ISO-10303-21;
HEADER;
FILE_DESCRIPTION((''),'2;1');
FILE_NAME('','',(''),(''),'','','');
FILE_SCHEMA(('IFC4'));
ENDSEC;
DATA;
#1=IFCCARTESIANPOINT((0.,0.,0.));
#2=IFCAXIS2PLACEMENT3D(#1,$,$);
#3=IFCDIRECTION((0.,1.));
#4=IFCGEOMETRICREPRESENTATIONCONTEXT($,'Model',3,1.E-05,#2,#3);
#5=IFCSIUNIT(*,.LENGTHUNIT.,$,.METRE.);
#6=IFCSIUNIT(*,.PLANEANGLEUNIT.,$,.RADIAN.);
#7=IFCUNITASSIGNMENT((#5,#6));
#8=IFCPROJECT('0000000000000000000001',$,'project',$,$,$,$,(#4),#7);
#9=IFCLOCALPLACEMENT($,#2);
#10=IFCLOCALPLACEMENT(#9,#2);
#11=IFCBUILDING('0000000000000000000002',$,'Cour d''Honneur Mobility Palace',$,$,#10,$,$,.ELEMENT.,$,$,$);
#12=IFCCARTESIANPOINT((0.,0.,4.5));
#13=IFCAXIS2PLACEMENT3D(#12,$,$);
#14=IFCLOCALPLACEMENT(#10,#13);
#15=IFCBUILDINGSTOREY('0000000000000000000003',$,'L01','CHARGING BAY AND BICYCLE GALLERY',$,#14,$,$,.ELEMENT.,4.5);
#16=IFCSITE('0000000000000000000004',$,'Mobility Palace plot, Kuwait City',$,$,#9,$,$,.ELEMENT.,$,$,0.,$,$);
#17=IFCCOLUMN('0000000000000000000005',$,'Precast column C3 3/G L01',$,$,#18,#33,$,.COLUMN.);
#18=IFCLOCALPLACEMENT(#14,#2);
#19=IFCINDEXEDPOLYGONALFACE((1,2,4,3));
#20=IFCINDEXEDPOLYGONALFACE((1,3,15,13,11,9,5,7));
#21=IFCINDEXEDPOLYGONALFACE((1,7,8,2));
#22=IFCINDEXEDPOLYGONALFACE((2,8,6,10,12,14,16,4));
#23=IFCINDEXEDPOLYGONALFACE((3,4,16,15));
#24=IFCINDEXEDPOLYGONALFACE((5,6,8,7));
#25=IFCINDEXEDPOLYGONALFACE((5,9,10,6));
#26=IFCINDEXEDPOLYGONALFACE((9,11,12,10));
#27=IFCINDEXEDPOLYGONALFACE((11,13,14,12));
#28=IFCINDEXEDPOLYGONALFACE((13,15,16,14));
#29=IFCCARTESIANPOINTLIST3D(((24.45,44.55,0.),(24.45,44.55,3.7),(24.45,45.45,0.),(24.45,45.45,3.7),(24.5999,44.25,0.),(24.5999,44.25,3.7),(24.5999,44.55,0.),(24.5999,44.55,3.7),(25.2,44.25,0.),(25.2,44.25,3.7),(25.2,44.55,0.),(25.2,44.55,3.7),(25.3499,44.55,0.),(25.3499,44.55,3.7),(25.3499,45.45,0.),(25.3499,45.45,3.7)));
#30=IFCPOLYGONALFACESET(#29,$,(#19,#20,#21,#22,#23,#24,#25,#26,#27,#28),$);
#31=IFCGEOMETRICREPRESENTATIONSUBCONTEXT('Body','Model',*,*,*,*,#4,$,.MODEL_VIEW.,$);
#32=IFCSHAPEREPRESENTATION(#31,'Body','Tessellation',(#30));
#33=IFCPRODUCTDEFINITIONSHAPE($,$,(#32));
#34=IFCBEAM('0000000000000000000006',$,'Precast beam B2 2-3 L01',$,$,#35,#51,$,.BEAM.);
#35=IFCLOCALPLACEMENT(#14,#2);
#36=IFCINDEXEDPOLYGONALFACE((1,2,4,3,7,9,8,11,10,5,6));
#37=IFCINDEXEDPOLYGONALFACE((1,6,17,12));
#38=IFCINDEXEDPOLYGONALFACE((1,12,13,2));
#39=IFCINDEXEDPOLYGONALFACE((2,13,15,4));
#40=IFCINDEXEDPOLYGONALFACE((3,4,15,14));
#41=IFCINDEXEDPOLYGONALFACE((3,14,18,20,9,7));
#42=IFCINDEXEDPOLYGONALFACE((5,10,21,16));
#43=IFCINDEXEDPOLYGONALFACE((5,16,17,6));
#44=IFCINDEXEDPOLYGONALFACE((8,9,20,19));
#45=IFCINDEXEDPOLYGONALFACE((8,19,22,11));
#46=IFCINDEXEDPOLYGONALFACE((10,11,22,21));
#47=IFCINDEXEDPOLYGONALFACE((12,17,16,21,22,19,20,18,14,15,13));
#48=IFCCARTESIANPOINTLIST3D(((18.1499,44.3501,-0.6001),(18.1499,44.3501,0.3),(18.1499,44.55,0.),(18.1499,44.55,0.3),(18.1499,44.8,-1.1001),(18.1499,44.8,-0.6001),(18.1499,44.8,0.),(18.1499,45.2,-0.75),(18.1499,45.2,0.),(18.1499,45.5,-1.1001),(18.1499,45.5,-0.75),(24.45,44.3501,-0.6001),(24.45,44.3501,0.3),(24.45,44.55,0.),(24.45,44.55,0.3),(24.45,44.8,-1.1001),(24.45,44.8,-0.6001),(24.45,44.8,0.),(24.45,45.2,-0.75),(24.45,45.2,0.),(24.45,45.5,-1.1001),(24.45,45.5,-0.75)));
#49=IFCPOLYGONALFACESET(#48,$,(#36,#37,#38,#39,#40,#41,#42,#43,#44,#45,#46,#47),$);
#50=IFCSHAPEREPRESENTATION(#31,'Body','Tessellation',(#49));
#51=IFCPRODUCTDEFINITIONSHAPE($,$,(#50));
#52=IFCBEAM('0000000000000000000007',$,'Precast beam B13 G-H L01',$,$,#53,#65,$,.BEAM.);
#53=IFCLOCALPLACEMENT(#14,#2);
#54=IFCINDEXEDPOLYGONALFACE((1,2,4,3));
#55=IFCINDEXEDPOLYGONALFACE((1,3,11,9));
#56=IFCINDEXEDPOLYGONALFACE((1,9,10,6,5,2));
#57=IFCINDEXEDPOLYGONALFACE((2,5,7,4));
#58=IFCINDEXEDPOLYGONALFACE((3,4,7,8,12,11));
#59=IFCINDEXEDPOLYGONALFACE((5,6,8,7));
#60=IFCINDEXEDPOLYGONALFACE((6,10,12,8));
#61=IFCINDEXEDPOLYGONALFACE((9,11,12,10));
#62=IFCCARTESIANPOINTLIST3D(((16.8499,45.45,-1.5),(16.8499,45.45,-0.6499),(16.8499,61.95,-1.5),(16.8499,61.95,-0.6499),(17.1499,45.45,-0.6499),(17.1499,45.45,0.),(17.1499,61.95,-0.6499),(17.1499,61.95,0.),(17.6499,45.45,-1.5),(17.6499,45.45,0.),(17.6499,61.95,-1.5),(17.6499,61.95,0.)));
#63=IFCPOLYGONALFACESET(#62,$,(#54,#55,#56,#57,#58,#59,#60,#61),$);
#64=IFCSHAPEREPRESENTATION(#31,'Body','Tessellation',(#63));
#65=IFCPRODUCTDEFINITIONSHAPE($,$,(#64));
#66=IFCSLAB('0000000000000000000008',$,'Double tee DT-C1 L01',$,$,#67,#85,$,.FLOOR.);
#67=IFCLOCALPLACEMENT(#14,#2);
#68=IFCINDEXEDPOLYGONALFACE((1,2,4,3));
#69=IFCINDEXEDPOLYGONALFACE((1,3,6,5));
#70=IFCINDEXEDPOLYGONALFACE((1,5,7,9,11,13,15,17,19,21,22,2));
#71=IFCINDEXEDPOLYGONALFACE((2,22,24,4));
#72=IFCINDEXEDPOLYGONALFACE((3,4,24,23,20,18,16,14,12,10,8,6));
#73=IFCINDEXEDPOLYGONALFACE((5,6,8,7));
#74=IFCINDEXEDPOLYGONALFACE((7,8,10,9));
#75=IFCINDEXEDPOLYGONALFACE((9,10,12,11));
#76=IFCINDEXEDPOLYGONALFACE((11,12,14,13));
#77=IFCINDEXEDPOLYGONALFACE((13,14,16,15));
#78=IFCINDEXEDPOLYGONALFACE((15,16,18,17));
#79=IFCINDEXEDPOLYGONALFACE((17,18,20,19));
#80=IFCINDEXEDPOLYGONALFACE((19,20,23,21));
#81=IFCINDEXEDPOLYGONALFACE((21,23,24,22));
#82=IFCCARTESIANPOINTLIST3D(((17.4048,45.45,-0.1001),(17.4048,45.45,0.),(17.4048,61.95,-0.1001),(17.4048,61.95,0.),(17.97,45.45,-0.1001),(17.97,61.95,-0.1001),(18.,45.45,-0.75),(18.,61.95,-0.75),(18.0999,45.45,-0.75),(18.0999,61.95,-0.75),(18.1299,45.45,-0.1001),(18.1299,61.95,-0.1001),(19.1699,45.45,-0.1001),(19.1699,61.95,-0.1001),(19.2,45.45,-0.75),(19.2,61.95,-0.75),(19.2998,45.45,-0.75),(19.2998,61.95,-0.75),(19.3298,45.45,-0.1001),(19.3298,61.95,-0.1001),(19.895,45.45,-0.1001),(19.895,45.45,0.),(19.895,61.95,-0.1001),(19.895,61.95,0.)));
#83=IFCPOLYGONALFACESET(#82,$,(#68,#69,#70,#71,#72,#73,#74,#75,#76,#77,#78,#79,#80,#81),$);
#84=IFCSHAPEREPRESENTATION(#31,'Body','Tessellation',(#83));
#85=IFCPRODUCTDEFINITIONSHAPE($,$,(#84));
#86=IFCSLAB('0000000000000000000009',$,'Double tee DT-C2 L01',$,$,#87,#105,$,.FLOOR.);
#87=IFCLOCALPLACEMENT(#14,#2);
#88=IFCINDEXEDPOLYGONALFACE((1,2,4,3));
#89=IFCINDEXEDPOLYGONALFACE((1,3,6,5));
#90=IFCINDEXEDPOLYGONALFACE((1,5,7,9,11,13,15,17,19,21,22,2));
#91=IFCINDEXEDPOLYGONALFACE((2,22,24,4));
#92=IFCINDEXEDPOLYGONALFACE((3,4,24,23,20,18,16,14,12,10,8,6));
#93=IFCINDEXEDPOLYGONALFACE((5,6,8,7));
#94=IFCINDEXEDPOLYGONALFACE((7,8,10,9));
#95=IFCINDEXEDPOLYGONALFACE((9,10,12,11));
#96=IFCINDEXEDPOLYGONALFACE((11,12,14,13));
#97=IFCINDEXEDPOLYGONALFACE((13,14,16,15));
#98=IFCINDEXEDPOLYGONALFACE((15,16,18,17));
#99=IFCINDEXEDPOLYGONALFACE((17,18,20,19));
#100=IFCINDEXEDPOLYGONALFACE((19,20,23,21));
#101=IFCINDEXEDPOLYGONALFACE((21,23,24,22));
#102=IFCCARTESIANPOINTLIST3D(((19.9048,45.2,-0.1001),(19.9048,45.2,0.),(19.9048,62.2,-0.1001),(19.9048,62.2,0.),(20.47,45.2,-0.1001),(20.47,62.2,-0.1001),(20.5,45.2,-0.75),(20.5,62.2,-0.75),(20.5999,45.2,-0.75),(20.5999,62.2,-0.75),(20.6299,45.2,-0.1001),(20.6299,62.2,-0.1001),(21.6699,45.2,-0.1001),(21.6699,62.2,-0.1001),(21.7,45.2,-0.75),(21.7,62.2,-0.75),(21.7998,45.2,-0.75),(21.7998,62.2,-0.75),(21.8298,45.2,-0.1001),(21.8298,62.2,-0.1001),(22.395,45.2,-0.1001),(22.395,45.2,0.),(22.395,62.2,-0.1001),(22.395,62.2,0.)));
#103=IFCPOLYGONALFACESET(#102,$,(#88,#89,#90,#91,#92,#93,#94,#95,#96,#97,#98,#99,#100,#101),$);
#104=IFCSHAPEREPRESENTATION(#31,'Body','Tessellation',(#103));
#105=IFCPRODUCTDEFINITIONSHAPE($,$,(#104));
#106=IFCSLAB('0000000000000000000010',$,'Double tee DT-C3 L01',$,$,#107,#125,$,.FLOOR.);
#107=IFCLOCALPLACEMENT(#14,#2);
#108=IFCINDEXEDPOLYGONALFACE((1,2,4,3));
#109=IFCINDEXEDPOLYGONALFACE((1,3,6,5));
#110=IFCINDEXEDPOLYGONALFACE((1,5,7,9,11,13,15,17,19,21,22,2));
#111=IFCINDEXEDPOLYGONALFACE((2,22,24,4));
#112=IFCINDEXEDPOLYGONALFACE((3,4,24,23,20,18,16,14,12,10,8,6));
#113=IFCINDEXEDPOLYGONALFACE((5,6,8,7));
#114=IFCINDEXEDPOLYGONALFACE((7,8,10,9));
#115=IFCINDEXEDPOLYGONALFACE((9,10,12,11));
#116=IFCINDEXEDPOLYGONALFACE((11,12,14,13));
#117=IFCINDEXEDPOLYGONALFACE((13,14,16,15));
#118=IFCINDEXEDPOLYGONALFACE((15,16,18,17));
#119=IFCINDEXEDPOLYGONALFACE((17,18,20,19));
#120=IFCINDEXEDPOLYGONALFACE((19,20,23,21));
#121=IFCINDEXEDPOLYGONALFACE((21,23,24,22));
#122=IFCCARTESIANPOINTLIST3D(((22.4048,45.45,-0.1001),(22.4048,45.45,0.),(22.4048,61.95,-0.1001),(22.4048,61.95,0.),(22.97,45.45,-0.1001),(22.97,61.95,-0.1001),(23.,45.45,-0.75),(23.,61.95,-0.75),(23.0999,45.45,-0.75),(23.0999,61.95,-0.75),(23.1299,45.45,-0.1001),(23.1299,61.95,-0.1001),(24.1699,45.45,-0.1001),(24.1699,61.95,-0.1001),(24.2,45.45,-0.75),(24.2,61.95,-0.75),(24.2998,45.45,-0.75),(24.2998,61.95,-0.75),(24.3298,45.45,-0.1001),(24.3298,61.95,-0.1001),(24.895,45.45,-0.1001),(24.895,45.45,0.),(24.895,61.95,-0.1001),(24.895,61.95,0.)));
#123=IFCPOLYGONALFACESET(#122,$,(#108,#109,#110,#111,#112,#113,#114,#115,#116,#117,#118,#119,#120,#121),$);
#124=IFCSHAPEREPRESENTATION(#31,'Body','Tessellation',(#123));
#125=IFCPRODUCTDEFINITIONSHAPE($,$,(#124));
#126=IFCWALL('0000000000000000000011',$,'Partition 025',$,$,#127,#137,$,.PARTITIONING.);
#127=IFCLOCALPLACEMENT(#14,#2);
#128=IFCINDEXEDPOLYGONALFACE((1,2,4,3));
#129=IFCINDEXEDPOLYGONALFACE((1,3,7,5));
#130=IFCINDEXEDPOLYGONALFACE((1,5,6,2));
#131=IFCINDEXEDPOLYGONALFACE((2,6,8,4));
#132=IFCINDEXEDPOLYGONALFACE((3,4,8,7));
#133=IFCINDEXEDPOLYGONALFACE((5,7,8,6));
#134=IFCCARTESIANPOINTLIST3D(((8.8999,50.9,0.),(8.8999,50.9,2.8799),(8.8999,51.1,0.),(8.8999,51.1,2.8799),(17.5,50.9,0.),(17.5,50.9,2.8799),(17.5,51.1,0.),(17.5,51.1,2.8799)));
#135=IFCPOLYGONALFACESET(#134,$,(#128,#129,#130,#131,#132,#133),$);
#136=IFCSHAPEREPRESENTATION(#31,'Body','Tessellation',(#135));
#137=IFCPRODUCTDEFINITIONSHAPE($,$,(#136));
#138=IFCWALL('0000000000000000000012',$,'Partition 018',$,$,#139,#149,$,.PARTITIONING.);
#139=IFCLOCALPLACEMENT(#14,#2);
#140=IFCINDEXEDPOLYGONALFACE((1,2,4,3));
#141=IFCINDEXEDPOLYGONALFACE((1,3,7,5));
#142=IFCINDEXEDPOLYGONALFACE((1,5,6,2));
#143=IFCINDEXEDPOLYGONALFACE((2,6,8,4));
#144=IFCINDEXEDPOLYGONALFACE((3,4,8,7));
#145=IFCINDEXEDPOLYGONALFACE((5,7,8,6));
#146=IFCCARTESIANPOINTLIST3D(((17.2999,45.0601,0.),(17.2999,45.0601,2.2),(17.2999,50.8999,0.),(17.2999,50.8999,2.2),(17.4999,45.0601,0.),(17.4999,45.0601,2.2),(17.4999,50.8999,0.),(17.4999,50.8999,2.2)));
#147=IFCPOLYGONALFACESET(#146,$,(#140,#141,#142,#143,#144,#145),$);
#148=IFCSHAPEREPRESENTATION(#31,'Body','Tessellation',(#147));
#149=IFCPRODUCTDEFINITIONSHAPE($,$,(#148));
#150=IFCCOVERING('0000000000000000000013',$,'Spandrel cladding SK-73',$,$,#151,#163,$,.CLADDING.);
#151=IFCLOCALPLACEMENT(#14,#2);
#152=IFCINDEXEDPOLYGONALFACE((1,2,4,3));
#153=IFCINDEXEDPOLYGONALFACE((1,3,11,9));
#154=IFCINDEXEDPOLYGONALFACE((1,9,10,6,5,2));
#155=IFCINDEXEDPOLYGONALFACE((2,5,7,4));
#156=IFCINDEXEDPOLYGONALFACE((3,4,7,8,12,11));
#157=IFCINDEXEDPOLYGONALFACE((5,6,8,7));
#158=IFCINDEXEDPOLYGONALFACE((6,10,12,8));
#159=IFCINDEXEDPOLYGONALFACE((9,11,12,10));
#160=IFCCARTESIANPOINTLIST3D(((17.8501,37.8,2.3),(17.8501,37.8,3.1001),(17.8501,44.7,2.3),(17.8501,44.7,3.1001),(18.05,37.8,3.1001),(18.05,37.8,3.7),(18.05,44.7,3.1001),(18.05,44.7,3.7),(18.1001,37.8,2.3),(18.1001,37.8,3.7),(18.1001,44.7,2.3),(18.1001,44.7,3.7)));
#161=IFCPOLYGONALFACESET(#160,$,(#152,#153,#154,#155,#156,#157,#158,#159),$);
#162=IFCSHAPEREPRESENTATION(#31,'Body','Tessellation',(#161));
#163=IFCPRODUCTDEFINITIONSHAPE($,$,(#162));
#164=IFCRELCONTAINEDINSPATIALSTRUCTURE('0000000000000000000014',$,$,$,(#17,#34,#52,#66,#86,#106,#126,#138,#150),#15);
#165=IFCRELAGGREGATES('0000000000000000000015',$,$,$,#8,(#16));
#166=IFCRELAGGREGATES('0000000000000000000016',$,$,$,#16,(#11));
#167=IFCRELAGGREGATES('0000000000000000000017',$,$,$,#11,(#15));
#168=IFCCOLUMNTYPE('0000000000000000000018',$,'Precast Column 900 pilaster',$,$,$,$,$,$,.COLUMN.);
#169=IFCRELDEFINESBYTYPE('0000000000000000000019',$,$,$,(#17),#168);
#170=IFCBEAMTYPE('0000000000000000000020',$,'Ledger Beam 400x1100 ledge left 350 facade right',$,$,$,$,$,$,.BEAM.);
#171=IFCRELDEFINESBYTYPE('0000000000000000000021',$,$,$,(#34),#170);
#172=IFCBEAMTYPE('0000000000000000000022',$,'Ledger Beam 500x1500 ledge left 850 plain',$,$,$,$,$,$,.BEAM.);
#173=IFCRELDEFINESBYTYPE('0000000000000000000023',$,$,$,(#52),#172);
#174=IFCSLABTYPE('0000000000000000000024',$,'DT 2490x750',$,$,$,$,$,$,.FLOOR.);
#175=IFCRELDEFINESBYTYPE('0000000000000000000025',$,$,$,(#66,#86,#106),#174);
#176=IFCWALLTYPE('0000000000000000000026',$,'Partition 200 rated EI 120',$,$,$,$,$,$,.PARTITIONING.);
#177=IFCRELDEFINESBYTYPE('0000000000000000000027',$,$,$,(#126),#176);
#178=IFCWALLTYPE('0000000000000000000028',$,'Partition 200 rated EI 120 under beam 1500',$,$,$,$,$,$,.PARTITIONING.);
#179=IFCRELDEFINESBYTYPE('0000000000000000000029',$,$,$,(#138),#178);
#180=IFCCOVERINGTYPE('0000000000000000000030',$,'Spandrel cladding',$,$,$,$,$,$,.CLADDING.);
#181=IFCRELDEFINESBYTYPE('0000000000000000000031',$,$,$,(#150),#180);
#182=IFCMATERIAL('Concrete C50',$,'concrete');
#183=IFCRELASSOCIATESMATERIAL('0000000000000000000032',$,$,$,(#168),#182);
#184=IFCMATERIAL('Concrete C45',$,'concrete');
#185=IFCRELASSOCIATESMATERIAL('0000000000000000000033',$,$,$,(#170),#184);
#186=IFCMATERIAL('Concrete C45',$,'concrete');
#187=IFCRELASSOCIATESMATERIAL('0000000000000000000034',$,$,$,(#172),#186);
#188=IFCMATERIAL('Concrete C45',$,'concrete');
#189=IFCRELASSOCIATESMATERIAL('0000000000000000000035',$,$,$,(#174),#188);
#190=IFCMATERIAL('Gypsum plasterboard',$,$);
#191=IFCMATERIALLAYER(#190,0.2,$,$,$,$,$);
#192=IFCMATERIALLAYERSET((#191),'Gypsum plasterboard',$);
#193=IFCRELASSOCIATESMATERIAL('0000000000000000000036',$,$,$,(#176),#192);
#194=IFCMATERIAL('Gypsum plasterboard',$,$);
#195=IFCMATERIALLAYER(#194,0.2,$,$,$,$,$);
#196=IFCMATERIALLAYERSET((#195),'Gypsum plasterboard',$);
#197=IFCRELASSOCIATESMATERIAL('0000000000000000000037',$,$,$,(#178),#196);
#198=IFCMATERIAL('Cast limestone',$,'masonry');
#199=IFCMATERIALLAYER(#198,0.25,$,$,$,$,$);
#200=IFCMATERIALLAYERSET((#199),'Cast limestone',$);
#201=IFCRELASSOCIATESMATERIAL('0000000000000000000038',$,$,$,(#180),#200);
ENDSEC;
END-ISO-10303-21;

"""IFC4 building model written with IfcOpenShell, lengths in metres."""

from ifc_helpers import new_model, si_unit, direction, frame, frame_2d, origin, place, context, subcontext, project, spatial, polyline, rectangle, outline, extrude, material, layer, layer_set, material_profile, profile_set, type_object, element, save


model = new_model("IFC4")

# Units and contexts
model_context = context("Model", 3, precision=1e-05, world=origin(), true_north=direction((0.0, 1.0)))
body_context = subcontext(model_context, "Body", "Model", "MODEL_VIEW")
ifc_project = project(units=[si_unit("LENGTHUNIT", "METRE"), si_unit("PLANEANGLEUNIT", "RADIAN")], contexts=[model_context])

# Site, building, storey
site_placement = place(None, origin())
site = spatial("IfcSite", under=ifc_project, at=site_placement, Name="Mobility Palace plot, Kuwait City", CompositionType="ELEMENT", RefElevation=0.0)
building_placement = place(site_placement, origin())
building = spatial("IfcBuilding", under=site, at=building_placement, Name="Cour d'Honneur Mobility Palace", CompositionType="ELEMENT")
storey_placement = place(building_placement, frame((0.0, 0.0, 4.5)))
storey = spatial("IfcBuildingStorey", under=building, at=storey_placement, Name="L01", Description="CHARGING BAY AND BICYCLE GALLERY", CompositionType="ELEMENT", Elevation=4.5)

# Column
ifc_material_1 = material(Name="Concrete C50", Category="concrete")
ifc_material_profile_1 = material_profile(ifc_material_1, outline(polyline([(-0.45, -0.45), (0.45, -0.45), (0.45, -0.3), (0.75, -0.3), (0.75, 0.3), (0.45, 0.3), (0.45, 0.45), (-0.45, 0.45), (-0.45, -0.45)])), Name="PC C900 pilaster")
ifc_profile_set_1 = profile_set([ifc_material_profile_1], Name="Concrete C50")
column_type = type_object("IfcColumnType", Name="Precast Column 900 pilaster", PredefinedType="COLUMN", material=ifc_profile_set_1)
column_placement = place(storey_placement, frame((24.8999, 45.0, 0.0), z_axis=(0.0, 0.0, 1.0), x_axis=(0.0, -1.0, 0.0)))
element("IfcColumn", 1, at=column_placement, inside=storey, type_object=column_type, Name="Precast column C3 3/G L01", PredefinedType="COLUMN", context=body_context, shape_type="SweptSolid", body=[
    extrude(outline(polyline([(-0.45, -0.45), (0.45, -0.45), (0.45, -0.3), (0.75, -0.3), (0.75, 0.3), (0.45, 0.3), (0.45, 0.45), (-0.45, 0.45), (-0.45, -0.45)])), origin(), (0.0, 0.0, 1.0), 3.7),
])

# Beams
ifc_material_2 = material(Name="Concrete C45", Category="concrete")
ifc_material_profile_2 = material_profile(ifc_material_2, outline(polyline([(0.5, -1.1001), (0.5, -0.75), (0.2, -0.75), (0.2, 0.0), (-0.2, 0.0), (-0.45, 0.0), (-0.45, 0.3), (-0.6499, 0.3), (-0.6499, -0.6001), (-0.2, -0.6001), (-0.2, -1.1001), (0.5, -1.1001)])), Name="Ledger Beam 400x1100 ledge left 350 facade right")
ifc_profile_set_2 = profile_set([ifc_material_profile_2], Name="Concrete C45")
beam_type_1 = type_object("IfcBeamType", Name="Ledger Beam 400x1100 ledge left 350 facade right", PredefinedType="BEAM", material=ifc_profile_set_2)
beam_1_placement = place(storey_placement, frame((18.1499, 45.0, 0.0), z_axis=(1.0, 0.0, 0.0), x_axis=(0.0, 1.0, 0.0)))
element("IfcBeam", 2, at=beam_1_placement, inside=storey, type_object=beam_type_1, Name="Precast beam B2 2-3 L01", PredefinedType="BEAM", context=body_context, shape_type="SweptSolid", body=[
    extrude(outline(polyline([(0.5, -1.1001), (0.5, -0.75), (0.2, -0.75), (0.2, 0.0), (-0.2, 0.0), (-0.45, 0.0), (-0.45, 0.3), (-0.6499, 0.3), (-0.6499, -0.6001), (-0.2, -0.6001), (-0.2, -1.1001), (0.5, -1.1001)])), origin(), (0.0, 0.0, 1.0), 6.3),
])
ifc_material_3 = material(Name="Concrete C45", Category="concrete")
ifc_material_profile_3 = material_profile(ifc_material_3, outline(polyline([(0.55, -1.5), (0.55, -0.6499), (0.25, -0.6499), (0.25, 0.0), (-0.25, 0.0), (-0.25, -1.5), (0.55, -1.5)])), Name="Ledger Beam 500x1500 ledge left 850 plain")
ifc_profile_set_3 = profile_set([ifc_material_profile_3], Name="Concrete C45")
beam_type_2 = type_object("IfcBeamType", Name="Ledger Beam 500x1500 ledge left 850 plain", PredefinedType="BEAM", material=ifc_profile_set_3)
beam_2_placement = place(storey_placement, frame((17.3999, 45.45, 0.0), z_axis=(0.0, 1.0, 0.0), x_axis=(-1.0, 0.0, 0.0)))
element("IfcBeam", 3, at=beam_2_placement, inside=storey, type_object=beam_type_2, Name="Precast beam B13 G-H L01", PredefinedType="BEAM", context=body_context, shape_type="SweptSolid", body=[
    extrude(outline(polyline([(0.55, -1.5), (0.55, -0.6499), (0.25, -0.6499), (0.25, 0.0), (-0.25, 0.0), (-0.25, -1.5), (0.55, -1.5)])), origin(), (0.0, 0.0, 1.0), 16.5),
])

# Slabs
ifc_material_4 = material(Name="Concrete C45", Category="concrete")
ifc_material_profile_4 = material_profile(ifc_material_4, outline(polyline([(-1.2451, 0.0), (1.2451, 0.0), (1.2451, -0.1001), (0.6799, -0.1001), (0.6499, -0.75), (0.55, -0.75), (0.52, -0.1001), (-0.52, -0.1001), (-0.55, -0.75), (-0.6499, -0.75), (-0.6799, -0.1001), (-1.2451, -0.1001), (-1.2451, 0.0)])), Name="DT 2490x750")
ifc_profile_set_4 = profile_set([ifc_material_profile_4], Name="Concrete C45")
slab_type = type_object("IfcSlabType", Name="DT 2490x750", PredefinedType="FLOOR", material=ifc_profile_set_4)
slab_1_placement = place(storey_placement, frame((18.6499, 45.45, 0.0), z_axis=(0.0, 1.0, 0.0), x_axis=(-1.0, 0.0, 0.0)))
element("IfcSlab", 4, at=slab_1_placement, inside=storey, type_object=slab_type, Name="Double tee DT-C1 L01", PredefinedType="FLOOR", context=body_context, shape_type="SweptSolid", body=[
    extrude(outline(polyline([(-1.2451, 0.0), (1.2451, 0.0), (1.2451, -0.1001), (0.6799, -0.1001), (0.6499, -0.75), (0.55, -0.75), (0.52, -0.1001), (-0.52, -0.1001), (-0.55, -0.75), (-0.6499, -0.75), (-0.6799, -0.1001), (-1.2451, -0.1001), (-1.2451, 0.0)])), origin(), (0.0, 0.0, 1.0), 16.5),
])
slab_2_placement = place(storey_placement, frame((21.1499, 45.2, 0.0), z_axis=(0.0, 1.0, 0.0), x_axis=(-1.0, 0.0, 0.0)))
element("IfcSlab", 5, at=slab_2_placement, inside=storey, type_object=slab_type, Name="Double tee DT-C2 L01", PredefinedType="FLOOR", context=body_context, shape_type="SweptSolid", body=[
    extrude(outline(polyline([(-1.2451, 0.0), (1.2451, 0.0), (1.2451, -0.1001), (0.6799, -0.1001), (0.6499, -0.75), (0.55, -0.75), (0.52, -0.1001), (-0.52, -0.1001), (-0.55, -0.75), (-0.6499, -0.75), (-0.6799, -0.1001), (-1.2451, -0.1001), (-1.2451, 0.0)])), origin(), (0.0, 0.0, 1.0), 17.0),
])
slab_3_placement = place(storey_placement, frame((23.6499, 45.45, 0.0), z_axis=(0.0, 1.0, 0.0), x_axis=(-1.0, 0.0, 0.0)))
element("IfcSlab", 6, at=slab_3_placement, inside=storey, type_object=slab_type, Name="Double tee DT-C3 L01", PredefinedType="FLOOR", context=body_context, shape_type="SweptSolid", body=[
    extrude(outline(polyline([(-1.2451, 0.0), (1.2451, 0.0), (1.2451, -0.1001), (0.6799, -0.1001), (0.6499, -0.75), (0.55, -0.75), (0.52, -0.1001), (-0.52, -0.1001), (-0.55, -0.75), (-0.6499, -0.75), (-0.6799, -0.1001), (-1.2451, -0.1001), (-1.2451, 0.0)])), origin(), (0.0, 0.0, 1.0), 16.5),
])

# Walls
ifc_material_5 = material(Name="Gypsum plasterboard")
ifc_layer_1 = layer(ifc_material_5, 0.2)
ifc_layer_set_1 = layer_set([ifc_layer_1], Name="Gypsum plasterboard")
wall_type_1 = type_object("IfcWallType", Name="Partition 200 rated EI 120", PredefinedType="PARTITIONING", material=ifc_layer_set_1)
wall_1_placement = place(storey_placement, frame((17.5, 51.0, 0.0), z_axis=(0.0, 0.0, 1.0), x_axis=(-1.0, 0.0, 0.0)))
element("IfcWall", 7, at=wall_1_placement, inside=storey, type_object=wall_type_1, Name="Partition 025", PredefinedType="PARTITIONING", context=body_context, shape_type="SweptSolid", body=[
    extrude(rectangle(XDim=8.6001, YDim=0.2, at=frame_2d((4.3, 0.0))), origin(), (0.0, 0.0, 1.0), 2.8799),
])
ifc_material_6 = material(Name="Gypsum plasterboard")
ifc_layer_2 = layer(ifc_material_6, 0.2)
ifc_layer_set_2 = layer_set([ifc_layer_2], Name="Gypsum plasterboard")
wall_type_2 = type_object("IfcWallType", Name="Partition 200 rated EI 120 under beam 1500", PredefinedType="PARTITIONING", material=ifc_layer_set_2)
wall_2_placement = place(storey_placement, frame((17.3999, 45.0601, 0.0), z_axis=(0.0, 0.0, 1.0), x_axis=(0.0, 1.0, 0.0)))
element("IfcWall", 8, at=wall_2_placement, inside=storey, type_object=wall_type_2, Name="Partition 018", PredefinedType="PARTITIONING", context=body_context, shape_type="SweptSolid", body=[
    extrude(rectangle(XDim=5.8398, YDim=0.2, at=frame_2d((2.9199, 0.0))), origin(), (0.0, 0.0, 1.0), 2.2),
])

# Covering
ifc_material_7 = material(Name="Cast limestone", Category="masonry")
ifc_layer_3 = layer(ifc_material_7, 0.25)
ifc_layer_set_3 = layer_set([ifc_layer_3], Name="Cast limestone")
covering_type = type_object("IfcCoveringType", Name="Spandrel cladding", PredefinedType="CLADDING", material=ifc_layer_set_3)
for number, where, z_axis, x_axis, name in (
    (9, (17.8501, 37.8, 2.3), (0.0, -1.0, 0.0), (1.0, 0.0, 0.0), "Spandrel cladding SK-73"),
):
    element("IfcCovering", number, at=place(storey_placement, frame(where, z_axis=z_axis, x_axis=x_axis)), inside=storey, type_object=covering_type, Name=name, PredefinedType="CLADDING", context=body_context, shape_type="SweptSolid", body=[
        extrude(outline(polyline([(0.0, 0.0), (0.25, 0.0), (0.25, 1.3999), (0.2, 1.3999), (0.2, 0.8), (0.0, 0.8), (0.0, 0.0)])), origin(), (0.0, 0.0, -1.0), 6.8999),
    ])

save(model, "model.ifc")
